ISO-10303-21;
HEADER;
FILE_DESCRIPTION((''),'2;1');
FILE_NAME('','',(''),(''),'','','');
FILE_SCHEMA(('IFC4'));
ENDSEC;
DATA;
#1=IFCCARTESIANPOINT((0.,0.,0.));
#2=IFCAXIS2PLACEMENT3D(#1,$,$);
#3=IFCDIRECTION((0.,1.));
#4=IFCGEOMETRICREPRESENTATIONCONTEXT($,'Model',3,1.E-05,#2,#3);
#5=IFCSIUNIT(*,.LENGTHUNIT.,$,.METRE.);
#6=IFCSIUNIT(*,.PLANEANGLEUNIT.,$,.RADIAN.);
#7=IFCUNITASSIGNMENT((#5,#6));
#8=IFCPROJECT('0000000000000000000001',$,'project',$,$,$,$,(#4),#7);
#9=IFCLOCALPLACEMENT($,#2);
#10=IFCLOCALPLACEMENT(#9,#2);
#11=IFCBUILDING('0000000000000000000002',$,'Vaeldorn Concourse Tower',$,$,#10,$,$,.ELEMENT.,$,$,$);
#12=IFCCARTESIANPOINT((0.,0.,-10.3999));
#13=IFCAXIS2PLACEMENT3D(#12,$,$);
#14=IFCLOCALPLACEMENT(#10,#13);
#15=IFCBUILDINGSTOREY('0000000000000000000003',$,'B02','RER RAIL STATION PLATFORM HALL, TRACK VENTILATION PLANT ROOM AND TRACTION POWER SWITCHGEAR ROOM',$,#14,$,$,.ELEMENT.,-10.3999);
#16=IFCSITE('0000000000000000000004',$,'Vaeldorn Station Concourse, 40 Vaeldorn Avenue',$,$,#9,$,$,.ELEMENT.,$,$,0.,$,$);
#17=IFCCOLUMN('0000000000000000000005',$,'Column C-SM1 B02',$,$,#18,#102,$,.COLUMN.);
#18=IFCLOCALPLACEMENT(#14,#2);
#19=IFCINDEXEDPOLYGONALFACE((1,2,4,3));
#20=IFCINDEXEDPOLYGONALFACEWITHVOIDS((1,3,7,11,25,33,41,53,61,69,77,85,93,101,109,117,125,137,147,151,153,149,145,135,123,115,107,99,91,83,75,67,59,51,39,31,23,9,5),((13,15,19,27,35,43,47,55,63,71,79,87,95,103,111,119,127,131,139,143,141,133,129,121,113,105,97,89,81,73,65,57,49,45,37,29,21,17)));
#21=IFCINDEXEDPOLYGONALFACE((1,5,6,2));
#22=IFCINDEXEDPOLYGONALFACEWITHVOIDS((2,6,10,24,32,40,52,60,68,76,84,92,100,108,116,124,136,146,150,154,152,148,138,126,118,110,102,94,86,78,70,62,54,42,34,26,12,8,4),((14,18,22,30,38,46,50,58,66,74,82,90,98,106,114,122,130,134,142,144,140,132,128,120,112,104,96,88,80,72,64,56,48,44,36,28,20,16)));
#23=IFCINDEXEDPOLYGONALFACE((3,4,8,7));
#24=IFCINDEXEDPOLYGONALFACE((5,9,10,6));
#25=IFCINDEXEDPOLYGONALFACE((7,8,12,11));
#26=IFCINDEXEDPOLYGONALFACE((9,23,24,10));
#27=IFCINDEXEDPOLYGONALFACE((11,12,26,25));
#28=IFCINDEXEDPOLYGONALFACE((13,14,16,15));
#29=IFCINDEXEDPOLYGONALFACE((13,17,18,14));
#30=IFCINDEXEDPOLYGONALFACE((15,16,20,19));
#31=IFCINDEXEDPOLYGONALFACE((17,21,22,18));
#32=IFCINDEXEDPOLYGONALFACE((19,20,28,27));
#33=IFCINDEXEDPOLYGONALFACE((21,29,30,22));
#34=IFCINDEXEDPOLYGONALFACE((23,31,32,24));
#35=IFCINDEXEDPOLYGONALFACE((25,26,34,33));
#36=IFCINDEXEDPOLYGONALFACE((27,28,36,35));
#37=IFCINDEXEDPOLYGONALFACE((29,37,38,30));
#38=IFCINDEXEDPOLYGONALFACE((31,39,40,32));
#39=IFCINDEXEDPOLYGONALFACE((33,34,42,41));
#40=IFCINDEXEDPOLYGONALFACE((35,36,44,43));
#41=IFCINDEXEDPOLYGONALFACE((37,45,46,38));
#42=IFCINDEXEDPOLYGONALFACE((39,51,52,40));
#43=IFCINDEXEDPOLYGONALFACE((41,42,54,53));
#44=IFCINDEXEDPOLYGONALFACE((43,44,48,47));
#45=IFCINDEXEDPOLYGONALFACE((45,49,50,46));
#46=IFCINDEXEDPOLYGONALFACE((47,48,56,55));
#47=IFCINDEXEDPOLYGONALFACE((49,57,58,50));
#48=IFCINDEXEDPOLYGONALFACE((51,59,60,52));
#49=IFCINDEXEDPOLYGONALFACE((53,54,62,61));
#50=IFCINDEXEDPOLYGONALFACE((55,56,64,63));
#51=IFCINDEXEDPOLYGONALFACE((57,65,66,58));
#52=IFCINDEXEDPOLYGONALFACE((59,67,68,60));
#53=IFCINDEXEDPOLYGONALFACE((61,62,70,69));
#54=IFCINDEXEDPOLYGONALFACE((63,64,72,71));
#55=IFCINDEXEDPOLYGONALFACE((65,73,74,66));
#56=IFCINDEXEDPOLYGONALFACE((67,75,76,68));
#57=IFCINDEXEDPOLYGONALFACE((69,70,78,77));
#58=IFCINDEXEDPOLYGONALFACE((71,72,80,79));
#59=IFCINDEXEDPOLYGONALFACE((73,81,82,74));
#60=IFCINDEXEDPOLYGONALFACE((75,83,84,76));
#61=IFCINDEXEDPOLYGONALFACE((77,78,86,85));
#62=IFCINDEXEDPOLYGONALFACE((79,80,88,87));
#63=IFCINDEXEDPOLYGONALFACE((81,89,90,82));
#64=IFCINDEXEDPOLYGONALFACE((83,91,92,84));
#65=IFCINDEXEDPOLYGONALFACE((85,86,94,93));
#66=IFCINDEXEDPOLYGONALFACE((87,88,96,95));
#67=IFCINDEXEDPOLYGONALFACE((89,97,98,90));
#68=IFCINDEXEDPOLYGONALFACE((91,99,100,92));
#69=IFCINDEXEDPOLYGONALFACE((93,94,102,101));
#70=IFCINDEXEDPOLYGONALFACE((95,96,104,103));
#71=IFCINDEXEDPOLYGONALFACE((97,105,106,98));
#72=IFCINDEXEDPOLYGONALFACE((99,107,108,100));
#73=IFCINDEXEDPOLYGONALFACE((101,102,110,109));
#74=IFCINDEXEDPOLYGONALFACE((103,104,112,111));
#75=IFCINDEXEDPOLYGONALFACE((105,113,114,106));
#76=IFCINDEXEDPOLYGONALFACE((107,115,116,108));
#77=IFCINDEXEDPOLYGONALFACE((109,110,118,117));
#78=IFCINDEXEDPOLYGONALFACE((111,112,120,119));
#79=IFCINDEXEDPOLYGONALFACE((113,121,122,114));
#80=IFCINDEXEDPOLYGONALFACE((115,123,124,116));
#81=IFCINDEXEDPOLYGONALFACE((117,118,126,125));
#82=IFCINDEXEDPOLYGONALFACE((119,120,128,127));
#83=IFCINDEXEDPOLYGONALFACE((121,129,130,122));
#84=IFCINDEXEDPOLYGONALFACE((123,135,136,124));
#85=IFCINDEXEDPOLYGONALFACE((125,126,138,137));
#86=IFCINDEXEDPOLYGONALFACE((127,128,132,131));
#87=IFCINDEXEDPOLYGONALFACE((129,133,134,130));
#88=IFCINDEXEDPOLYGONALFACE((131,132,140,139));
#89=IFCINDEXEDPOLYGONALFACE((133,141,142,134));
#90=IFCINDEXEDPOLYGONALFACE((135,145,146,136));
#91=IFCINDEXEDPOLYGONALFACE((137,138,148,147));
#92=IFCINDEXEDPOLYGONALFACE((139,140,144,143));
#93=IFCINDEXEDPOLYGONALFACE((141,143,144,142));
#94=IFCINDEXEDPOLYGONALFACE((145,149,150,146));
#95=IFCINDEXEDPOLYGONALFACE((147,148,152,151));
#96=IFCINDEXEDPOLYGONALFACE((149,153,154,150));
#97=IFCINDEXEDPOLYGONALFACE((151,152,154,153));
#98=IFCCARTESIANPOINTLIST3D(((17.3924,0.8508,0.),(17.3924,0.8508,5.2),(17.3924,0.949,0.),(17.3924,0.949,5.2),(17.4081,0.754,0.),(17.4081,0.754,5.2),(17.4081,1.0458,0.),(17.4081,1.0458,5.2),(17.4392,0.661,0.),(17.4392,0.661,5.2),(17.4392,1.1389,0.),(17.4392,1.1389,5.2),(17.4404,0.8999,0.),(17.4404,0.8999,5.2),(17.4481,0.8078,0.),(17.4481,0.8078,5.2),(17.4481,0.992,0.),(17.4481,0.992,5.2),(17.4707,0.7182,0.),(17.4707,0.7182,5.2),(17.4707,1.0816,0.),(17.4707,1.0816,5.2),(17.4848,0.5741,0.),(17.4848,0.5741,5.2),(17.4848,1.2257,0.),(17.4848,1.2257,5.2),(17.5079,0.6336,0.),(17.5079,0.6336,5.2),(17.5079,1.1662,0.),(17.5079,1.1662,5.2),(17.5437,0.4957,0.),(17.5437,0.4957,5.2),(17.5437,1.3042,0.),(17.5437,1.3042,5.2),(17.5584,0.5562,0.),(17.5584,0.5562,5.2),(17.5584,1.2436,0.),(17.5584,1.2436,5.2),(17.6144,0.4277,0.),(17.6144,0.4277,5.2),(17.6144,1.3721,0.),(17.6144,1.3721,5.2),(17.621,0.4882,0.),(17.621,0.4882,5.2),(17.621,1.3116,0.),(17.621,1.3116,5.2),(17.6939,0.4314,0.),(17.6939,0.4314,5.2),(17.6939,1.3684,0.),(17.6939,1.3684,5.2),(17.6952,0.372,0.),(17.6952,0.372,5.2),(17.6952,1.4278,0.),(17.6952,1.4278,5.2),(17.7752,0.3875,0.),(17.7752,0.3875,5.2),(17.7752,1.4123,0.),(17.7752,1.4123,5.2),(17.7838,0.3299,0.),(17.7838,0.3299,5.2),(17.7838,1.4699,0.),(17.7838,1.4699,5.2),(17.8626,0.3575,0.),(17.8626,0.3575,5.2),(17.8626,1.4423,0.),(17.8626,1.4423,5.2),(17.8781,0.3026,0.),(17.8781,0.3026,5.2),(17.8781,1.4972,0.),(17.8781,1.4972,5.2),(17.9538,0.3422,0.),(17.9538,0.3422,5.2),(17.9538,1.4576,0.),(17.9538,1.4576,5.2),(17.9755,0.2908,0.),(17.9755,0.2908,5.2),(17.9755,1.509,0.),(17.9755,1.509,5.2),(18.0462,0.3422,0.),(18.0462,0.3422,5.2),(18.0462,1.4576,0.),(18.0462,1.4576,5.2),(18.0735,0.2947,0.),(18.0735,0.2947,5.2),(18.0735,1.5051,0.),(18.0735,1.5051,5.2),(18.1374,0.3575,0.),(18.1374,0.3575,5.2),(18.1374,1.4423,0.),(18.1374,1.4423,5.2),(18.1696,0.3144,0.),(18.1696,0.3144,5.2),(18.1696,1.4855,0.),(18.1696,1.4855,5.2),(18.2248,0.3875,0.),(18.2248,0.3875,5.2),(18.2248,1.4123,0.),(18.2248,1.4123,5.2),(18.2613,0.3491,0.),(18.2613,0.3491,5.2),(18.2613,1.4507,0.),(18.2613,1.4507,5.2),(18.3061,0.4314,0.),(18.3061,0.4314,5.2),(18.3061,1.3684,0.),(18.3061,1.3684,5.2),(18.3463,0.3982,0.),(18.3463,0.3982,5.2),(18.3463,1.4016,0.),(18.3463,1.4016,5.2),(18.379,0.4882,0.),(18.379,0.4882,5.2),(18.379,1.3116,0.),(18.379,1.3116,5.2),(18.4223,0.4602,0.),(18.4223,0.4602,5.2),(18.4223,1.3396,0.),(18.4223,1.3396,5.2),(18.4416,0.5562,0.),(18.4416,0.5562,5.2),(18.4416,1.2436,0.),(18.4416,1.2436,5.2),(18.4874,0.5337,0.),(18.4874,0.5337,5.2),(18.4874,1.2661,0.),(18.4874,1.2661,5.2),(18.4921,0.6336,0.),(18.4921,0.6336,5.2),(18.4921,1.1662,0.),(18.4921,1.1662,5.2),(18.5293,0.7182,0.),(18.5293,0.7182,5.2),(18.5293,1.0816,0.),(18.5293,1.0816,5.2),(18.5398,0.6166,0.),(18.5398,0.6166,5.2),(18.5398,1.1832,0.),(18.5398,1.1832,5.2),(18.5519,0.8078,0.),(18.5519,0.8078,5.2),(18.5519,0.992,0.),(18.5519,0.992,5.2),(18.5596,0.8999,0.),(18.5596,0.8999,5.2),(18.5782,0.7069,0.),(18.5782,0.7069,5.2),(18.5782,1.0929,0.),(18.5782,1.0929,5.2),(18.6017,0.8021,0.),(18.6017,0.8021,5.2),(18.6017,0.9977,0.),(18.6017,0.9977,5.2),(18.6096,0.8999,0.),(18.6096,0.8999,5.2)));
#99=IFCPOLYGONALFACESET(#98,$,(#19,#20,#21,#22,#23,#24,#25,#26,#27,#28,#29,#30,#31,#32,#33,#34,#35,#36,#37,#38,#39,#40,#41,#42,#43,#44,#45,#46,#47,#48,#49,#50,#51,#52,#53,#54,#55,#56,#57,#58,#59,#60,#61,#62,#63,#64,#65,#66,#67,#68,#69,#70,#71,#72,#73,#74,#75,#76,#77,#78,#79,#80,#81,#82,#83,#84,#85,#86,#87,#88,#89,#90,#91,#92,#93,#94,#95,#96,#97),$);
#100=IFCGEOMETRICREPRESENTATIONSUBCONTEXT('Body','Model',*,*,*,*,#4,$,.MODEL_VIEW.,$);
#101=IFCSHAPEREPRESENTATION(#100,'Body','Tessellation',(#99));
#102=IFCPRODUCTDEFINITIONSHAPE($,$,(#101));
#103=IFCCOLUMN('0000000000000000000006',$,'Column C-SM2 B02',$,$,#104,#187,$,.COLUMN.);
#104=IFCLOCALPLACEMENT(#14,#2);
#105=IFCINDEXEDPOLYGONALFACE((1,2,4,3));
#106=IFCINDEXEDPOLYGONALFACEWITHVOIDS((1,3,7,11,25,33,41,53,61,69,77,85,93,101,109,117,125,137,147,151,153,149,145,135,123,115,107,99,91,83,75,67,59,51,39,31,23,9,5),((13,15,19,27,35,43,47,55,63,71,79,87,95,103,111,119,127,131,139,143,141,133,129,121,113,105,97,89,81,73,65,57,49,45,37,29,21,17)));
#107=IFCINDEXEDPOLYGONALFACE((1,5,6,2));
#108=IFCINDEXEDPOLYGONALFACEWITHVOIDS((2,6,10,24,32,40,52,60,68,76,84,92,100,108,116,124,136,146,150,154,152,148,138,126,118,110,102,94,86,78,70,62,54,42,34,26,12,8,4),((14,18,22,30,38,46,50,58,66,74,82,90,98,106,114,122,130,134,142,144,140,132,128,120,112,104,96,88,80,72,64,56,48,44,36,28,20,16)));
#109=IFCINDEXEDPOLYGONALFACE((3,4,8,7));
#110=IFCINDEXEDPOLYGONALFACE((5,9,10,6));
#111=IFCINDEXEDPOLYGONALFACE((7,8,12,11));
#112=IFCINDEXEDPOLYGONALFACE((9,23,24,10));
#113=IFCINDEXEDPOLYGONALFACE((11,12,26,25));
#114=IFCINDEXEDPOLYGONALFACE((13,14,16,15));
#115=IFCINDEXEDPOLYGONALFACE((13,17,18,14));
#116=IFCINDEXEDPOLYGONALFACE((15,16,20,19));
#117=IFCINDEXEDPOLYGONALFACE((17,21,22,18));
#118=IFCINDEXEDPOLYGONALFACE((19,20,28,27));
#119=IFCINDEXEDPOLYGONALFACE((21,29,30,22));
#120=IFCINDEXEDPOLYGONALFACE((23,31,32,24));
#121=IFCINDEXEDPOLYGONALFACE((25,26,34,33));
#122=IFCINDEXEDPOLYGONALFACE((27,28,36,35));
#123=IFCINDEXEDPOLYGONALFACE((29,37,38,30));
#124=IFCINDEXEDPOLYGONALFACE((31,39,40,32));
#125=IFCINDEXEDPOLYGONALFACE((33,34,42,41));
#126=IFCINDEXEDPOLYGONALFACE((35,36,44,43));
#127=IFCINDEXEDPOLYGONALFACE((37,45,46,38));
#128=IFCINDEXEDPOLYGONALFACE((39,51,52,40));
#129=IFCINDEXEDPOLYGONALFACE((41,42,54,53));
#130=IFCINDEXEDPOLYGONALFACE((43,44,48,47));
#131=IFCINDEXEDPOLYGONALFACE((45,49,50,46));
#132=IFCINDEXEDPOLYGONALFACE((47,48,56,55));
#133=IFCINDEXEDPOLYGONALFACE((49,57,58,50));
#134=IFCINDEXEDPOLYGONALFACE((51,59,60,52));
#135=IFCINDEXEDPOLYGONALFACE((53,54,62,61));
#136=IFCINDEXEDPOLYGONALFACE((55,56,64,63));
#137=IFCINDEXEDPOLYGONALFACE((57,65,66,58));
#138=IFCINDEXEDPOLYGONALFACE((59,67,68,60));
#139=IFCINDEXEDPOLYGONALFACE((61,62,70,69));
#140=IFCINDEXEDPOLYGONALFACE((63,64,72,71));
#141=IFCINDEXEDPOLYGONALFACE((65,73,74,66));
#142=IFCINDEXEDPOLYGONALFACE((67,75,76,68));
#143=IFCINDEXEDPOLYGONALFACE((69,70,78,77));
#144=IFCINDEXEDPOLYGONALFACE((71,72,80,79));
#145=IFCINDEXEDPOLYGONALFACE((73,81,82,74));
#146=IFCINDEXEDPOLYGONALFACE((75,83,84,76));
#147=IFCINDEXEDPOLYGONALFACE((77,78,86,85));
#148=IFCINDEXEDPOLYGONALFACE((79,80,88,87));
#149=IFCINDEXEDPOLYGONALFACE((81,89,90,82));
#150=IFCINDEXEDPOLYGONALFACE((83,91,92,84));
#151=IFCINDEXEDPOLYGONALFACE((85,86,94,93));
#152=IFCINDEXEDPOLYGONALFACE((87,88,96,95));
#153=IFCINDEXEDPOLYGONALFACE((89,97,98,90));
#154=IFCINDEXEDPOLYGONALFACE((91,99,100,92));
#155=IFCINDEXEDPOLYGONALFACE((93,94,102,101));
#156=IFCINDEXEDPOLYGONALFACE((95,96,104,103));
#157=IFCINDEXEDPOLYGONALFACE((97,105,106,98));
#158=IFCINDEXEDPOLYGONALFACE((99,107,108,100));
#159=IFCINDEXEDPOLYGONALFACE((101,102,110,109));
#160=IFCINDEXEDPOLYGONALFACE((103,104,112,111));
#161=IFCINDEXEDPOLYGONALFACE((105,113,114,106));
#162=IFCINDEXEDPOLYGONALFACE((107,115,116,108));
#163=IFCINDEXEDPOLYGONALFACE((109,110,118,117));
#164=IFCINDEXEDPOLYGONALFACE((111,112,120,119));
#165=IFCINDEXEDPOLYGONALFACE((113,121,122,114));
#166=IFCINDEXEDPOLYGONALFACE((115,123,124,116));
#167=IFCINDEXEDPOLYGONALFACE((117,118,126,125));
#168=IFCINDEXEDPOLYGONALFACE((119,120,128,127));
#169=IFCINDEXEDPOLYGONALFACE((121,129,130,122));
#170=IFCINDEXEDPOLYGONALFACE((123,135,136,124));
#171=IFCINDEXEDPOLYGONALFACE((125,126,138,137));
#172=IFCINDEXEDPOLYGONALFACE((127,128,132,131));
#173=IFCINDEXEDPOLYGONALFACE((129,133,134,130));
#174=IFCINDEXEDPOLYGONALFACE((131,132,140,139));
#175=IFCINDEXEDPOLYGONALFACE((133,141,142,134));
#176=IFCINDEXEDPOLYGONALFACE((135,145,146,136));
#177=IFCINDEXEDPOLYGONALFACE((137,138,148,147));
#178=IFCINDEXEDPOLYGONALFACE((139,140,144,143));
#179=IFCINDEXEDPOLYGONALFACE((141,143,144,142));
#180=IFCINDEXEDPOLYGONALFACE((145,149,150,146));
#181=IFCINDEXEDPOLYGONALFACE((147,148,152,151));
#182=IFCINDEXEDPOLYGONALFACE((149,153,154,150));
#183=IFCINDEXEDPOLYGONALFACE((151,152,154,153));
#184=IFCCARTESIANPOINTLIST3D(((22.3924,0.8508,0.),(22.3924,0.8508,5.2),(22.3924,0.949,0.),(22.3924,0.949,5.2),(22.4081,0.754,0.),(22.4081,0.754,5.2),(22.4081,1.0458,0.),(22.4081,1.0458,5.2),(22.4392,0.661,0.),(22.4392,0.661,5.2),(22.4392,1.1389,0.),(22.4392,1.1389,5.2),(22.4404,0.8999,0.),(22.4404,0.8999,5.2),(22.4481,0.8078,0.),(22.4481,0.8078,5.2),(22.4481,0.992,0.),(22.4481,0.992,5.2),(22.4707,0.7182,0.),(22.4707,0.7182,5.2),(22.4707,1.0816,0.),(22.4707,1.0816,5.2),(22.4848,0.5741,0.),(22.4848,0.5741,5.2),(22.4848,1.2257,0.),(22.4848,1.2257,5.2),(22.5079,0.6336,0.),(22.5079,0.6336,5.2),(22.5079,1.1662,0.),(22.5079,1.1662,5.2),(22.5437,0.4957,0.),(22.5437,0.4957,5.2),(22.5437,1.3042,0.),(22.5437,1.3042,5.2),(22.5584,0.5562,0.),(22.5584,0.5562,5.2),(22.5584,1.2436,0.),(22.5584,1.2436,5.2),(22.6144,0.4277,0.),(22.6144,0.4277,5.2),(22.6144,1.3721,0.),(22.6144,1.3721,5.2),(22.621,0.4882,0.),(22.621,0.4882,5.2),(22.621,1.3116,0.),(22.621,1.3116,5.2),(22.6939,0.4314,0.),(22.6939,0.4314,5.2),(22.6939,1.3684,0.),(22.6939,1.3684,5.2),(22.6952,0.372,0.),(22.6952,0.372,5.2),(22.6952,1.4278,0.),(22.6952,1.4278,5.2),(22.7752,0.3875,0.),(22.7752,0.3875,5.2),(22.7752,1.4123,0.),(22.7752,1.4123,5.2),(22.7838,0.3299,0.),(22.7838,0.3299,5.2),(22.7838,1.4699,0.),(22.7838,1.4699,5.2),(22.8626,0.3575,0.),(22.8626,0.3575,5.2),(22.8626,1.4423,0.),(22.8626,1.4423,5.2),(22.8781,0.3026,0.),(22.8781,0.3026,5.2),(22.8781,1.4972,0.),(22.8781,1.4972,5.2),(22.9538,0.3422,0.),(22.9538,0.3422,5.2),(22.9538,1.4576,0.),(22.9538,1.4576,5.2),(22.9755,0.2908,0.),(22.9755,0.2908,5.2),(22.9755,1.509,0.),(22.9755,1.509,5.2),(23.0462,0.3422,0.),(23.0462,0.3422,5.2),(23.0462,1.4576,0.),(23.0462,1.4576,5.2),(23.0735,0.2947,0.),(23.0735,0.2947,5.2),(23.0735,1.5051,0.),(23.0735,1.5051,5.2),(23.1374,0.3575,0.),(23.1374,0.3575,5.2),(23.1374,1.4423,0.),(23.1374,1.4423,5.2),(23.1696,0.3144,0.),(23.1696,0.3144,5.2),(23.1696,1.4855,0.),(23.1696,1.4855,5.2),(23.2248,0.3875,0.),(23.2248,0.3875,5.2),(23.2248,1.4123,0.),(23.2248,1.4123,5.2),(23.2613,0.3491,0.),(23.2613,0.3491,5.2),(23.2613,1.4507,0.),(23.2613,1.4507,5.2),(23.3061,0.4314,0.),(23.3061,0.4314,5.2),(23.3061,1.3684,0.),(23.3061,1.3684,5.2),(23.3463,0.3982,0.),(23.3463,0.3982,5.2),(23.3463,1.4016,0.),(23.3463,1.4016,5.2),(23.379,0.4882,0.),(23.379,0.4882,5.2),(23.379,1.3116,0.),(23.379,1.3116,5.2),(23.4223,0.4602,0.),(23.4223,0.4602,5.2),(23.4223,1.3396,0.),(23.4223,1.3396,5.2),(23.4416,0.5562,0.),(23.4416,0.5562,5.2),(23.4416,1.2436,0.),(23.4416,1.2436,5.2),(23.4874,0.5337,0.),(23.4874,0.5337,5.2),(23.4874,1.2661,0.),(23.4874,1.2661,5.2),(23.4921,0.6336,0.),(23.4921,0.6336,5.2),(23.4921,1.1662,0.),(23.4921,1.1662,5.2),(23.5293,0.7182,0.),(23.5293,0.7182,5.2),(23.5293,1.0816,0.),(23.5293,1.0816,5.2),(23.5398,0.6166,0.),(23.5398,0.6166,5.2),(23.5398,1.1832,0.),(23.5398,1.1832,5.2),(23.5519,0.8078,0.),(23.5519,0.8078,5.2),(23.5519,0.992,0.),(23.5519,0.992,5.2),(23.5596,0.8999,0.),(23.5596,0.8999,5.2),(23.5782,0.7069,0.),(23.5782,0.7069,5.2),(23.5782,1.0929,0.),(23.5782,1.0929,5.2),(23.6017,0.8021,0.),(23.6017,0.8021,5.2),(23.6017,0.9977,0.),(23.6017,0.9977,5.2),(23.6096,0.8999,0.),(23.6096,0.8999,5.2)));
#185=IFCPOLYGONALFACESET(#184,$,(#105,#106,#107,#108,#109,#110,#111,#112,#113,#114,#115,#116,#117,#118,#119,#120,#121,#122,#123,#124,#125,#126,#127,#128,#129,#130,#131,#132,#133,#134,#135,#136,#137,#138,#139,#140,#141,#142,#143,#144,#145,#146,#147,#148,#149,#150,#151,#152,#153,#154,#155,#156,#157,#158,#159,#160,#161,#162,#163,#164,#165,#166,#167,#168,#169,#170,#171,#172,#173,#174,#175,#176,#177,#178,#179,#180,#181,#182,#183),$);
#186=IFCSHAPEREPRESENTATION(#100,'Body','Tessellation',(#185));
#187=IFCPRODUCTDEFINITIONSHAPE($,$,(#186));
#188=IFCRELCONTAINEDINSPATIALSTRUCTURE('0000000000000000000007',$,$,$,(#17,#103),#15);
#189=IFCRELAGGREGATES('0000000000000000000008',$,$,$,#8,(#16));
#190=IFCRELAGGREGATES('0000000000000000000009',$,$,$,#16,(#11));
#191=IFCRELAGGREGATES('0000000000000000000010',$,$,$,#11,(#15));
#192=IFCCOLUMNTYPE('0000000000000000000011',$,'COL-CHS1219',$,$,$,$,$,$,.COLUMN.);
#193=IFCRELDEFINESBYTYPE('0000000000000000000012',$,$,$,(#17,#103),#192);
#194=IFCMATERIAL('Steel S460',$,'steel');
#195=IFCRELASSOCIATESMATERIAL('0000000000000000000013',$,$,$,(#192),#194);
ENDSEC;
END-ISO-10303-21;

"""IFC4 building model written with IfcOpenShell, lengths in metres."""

from ifc_helpers import new_model, si_unit, direction, frame, origin, origin_2d, place, context, subcontext, project, spatial, hollow_circle, extrude, source, transform, mapped, material, material_profile, profile_set, type_object, element, save


model = new_model("IFC4")

# Units and contexts
model_context = context("Model", 3, precision=1e-05, world=origin(), true_north=direction((0.0, 1.0)))
body_context = subcontext(model_context, "Body", "Model", "MODEL_VIEW")
ifc_project = project(units=[si_unit("LENGTHUNIT", "METRE"), si_unit("PLANEANGLEUNIT", "RADIAN")], contexts=[model_context])

# Site, building, storey
site_placement = place(None, origin())
site = spatial("IfcSite", under=ifc_project, at=site_placement, Name="Vaeldorn Station Concourse, 40 Vaeldorn Avenue", CompositionType="ELEMENT", RefElevation=0.0)
building_placement = place(site_placement, origin())
building = spatial("IfcBuilding", under=site, at=building_placement, Name="Vaeldorn Concourse Tower", CompositionType="ELEMENT")
storey_placement = place(building_placement, frame((0.0, 0.0, -10.3999)))
storey = spatial("IfcBuildingStorey", under=building, at=storey_placement, Name="B02", Description="RER RAIL STATION PLATFORM HALL, TRACK VENTILATION PLANT ROOM AND TRACTION POWER SWITCHGEAR ROOM", CompositionType="ELEMENT", Elevation=-10.3999)

# Columns
ifc_material_1 = material(Name="Steel S460", Category="steel")
ifc_material_profile_1 = material_profile(ifc_material_1, hollow_circle(Radius=0.6096, WallThickness=0.05, at=origin_2d()), Name="CHS 1219x50")
ifc_profile_set_1 = profile_set([ifc_material_profile_1], Name="Steel S460")
column_type_1 = type_object("IfcColumnType", Name="COL-CHS1219", PredefinedType="COLUMN", material=ifc_profile_set_1)
shared_shape_1 = source(origin(), body_context, "Body", "SweptSolid", [
    extrude(hollow_circle(Radius=0.6096, WallThickness=0.05, at=origin_2d()), origin(), (0.0, 0.0, 1.0), 5.2),
])
for number, where, z_axis, x_axis, name in (
    (1, (18.0, 0.8999, 0.0), (0.0, 0.0, 1.0), (1.0, 0.0, 0.0), "Column C-SM1 B02"),
    (2, (23.0, 0.8999, 0.0), (0.0, 0.0, 1.0), (1.0, 0.0, 0.0), "Column C-SM2 B02"),
):
    element("IfcColumn", number, at=place(storey_placement, frame(where, z_axis=z_axis, x_axis=x_axis)), inside=storey, type_object=column_type_1, Name=name, PredefinedType="COLUMN", context=body_context, shape_type="MappedRepresentation", body=[
        mapped(shared_shape_1, transform((0.0, 0.0, 0.0), scale=1.0)),
    ])

save(model, "model.ifc")
